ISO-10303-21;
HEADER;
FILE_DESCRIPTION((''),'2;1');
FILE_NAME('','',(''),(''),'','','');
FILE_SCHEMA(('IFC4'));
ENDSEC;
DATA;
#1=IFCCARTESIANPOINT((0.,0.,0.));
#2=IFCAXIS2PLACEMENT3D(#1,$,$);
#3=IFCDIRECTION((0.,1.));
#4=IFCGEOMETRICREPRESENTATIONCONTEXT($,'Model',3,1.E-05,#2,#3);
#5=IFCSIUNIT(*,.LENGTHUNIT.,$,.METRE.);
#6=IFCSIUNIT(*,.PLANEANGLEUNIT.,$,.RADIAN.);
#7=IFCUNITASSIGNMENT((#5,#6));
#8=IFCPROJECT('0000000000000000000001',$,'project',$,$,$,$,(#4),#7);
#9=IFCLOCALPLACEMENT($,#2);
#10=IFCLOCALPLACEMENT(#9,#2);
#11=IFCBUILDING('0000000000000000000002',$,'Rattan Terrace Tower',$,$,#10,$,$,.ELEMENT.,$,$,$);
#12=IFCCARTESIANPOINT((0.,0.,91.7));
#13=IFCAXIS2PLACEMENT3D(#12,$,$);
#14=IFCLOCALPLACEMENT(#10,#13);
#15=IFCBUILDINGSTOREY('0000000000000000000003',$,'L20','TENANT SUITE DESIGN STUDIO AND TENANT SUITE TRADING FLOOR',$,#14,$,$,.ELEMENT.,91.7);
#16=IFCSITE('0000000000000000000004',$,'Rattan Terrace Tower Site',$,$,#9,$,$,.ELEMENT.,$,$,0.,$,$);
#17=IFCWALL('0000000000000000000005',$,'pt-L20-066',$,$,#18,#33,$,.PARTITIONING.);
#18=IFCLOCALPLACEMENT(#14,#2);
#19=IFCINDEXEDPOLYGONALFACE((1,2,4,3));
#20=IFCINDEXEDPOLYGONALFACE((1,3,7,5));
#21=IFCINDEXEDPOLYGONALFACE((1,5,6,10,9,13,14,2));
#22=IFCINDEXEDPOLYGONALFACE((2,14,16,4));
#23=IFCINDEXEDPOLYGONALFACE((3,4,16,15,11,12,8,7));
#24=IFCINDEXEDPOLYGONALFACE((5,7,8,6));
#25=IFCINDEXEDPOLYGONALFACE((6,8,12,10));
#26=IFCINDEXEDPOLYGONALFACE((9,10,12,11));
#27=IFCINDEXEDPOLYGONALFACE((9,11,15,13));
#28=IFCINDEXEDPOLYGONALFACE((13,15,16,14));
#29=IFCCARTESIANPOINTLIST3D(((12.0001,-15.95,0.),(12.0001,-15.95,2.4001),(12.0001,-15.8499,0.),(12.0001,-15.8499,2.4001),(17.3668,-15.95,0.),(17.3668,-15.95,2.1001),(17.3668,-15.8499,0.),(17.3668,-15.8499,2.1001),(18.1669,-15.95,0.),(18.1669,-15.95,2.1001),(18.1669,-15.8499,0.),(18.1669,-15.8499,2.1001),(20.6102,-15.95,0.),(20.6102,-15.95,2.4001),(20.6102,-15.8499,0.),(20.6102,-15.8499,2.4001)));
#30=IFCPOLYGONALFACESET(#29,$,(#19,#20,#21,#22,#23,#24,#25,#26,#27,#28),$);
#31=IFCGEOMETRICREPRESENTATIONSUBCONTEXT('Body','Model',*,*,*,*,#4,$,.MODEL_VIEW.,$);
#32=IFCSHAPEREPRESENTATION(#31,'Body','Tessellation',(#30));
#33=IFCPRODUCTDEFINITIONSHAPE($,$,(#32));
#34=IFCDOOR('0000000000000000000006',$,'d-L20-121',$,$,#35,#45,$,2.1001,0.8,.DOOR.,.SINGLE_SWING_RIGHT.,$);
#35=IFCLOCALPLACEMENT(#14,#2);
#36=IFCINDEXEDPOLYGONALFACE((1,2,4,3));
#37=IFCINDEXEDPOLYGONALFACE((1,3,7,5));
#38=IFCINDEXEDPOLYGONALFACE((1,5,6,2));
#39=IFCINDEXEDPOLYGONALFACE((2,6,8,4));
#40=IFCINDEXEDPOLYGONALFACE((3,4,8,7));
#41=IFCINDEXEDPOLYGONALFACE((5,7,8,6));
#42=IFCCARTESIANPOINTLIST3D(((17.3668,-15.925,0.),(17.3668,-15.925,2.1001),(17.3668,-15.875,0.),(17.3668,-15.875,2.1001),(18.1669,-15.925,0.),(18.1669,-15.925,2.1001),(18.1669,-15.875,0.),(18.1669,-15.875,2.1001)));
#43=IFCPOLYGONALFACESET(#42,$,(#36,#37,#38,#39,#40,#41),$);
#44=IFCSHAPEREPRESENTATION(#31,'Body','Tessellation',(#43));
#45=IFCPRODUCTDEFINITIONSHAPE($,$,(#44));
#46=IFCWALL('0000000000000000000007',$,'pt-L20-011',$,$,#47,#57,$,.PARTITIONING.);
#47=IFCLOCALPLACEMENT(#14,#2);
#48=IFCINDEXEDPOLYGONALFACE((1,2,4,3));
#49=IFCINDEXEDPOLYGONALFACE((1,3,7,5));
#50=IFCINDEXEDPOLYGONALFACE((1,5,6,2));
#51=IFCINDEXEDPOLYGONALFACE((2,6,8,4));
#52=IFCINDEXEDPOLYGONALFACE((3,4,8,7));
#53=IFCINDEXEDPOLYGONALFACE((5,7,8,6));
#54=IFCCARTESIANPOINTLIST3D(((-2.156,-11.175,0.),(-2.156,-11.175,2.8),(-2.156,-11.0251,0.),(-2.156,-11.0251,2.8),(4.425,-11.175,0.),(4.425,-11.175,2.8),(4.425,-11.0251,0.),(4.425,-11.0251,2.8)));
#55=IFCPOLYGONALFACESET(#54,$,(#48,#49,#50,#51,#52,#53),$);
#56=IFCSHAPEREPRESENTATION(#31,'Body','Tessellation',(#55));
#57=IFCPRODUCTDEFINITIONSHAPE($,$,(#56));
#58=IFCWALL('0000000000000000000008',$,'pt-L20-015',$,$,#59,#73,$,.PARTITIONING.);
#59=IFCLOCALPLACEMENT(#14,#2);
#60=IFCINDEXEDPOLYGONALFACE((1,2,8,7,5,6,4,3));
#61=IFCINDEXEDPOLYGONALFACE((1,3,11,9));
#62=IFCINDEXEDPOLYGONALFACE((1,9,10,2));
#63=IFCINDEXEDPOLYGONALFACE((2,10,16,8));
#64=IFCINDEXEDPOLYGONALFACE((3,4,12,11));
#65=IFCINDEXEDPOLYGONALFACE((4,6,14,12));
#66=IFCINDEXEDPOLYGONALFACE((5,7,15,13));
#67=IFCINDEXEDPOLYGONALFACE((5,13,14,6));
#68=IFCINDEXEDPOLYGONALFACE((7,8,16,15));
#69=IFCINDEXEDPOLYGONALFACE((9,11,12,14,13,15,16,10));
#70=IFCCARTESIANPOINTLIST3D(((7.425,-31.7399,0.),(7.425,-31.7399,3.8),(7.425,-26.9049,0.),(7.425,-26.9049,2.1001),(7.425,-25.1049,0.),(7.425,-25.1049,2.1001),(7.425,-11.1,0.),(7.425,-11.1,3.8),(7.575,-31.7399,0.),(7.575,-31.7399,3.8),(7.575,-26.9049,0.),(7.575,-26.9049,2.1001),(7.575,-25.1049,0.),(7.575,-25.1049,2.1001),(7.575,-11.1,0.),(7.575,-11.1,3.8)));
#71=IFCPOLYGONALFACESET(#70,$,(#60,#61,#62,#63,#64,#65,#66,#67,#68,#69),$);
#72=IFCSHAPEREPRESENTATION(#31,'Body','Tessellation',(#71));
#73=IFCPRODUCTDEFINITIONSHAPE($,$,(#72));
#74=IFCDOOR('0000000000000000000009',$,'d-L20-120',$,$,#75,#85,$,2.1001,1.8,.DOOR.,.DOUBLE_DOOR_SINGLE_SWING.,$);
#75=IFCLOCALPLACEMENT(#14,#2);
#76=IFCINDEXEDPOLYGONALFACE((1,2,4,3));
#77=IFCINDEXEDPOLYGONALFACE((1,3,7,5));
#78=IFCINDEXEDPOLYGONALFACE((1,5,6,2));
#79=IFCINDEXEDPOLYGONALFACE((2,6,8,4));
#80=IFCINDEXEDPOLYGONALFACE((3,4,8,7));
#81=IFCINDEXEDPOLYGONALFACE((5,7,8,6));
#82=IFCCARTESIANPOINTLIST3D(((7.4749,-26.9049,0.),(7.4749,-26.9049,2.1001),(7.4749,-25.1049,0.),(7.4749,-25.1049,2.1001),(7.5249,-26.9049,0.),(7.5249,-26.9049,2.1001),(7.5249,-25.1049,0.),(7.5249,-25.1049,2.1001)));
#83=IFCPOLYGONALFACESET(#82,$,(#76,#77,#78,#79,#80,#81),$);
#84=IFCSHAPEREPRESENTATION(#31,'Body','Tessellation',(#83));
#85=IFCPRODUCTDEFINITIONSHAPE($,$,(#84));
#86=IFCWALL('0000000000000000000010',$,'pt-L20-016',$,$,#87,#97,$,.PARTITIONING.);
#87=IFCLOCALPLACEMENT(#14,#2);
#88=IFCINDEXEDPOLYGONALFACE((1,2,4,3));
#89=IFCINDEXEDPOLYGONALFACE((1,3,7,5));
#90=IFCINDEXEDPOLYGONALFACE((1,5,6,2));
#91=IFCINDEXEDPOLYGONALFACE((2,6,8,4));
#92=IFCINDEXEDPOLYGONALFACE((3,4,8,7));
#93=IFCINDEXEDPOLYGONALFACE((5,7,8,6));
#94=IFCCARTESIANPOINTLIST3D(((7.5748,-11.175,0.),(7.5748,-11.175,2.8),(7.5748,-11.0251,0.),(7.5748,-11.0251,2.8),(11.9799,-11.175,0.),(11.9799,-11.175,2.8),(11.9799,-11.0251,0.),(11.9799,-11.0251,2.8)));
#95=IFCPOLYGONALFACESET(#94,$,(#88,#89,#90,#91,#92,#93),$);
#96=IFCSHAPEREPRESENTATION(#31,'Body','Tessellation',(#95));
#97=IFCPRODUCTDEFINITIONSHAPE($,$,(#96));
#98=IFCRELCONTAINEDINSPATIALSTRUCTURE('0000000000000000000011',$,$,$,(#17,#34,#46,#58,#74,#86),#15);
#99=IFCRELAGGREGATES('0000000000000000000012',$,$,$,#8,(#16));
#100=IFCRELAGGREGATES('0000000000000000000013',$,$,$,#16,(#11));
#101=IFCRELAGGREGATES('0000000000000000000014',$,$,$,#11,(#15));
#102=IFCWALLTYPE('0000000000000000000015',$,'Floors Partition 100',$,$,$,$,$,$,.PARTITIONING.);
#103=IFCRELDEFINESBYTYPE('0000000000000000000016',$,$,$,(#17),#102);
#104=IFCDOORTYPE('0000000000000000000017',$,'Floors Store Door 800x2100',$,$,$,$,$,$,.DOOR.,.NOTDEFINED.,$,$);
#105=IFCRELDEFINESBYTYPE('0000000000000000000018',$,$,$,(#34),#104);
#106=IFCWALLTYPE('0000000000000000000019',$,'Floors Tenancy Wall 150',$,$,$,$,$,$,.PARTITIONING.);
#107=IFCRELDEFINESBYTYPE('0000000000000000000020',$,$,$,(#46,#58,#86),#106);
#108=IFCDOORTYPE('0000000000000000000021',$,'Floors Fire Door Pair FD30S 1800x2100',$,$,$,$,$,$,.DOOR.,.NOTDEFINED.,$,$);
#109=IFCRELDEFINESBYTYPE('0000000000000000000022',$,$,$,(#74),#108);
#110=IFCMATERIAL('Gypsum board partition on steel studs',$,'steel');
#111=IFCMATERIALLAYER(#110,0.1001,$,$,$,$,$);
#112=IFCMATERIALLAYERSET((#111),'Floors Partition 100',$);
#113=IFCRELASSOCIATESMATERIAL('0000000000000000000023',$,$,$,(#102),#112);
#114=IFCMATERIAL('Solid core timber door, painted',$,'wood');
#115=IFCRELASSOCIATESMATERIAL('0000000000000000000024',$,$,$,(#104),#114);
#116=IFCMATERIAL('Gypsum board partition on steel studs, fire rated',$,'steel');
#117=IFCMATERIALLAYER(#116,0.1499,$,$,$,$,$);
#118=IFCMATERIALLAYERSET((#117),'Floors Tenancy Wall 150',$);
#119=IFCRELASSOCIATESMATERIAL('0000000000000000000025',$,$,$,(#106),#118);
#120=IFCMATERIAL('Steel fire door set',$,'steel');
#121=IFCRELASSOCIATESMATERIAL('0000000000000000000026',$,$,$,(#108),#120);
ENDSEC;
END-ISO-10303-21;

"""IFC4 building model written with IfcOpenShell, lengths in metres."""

from ifc_helpers import new_model, si_unit, direction, frame, frame_2d, origin, place, context, subcontext, project, spatial, rectangle, extrude, material, layer, layer_set, type_object, element, fill, save


model = new_model("IFC4")

# Units and contexts
model_context = context("Model", 3, precision=1e-05, world=origin(), true_north=direction((0.0, 1.0)))
body_context = subcontext(model_context, "Body", "Model", "MODEL_VIEW")
ifc_project = project(units=[si_unit("LENGTHUNIT", "METRE"), si_unit("PLANEANGLEUNIT", "RADIAN")], contexts=[model_context])

# Site, building, storey
site_placement = place(None, origin())
site = spatial("IfcSite", under=ifc_project, at=site_placement, Name="Rattan Terrace Tower Site", CompositionType="ELEMENT", RefElevation=0.0)
building_placement = place(site_placement, origin())
building = spatial("IfcBuilding", under=site, at=building_placement, Name="Rattan Terrace Tower", CompositionType="ELEMENT")
storey_placement = place(building_placement, frame((0.0, 0.0, 91.7)))
storey = spatial("IfcBuildingStorey", under=building, at=storey_placement, Name="L20", Description="TENANT SUITE DESIGN STUDIO AND TENANT SUITE TRADING FLOOR", CompositionType="ELEMENT", Elevation=91.7)

# Shared definitions
ifc_material_1 = material(Name="Gypsum board partition on steel studs", Category="steel")
ifc_layer_1 = layer(ifc_material_1, 0.1001)
ifc_layer_set_1 = layer_set([ifc_layer_1], Name="Floors Partition 100")
wall_type_1 = type_object("IfcWallType", Name="Floors Partition 100", PredefinedType="PARTITIONING", material=ifc_layer_set_1)

# Wall, opening, door
wall_1_placement = place(storey_placement, frame((12.0, -15.8999, 0.0), z_axis=(0.0, 0.0, 1.0), x_axis=(1.0, 0.0, 0.0)))
wall_1 = element("IfcWall", 1, at=wall_1_placement, inside=storey, type_object=wall_type_1, Name="pt-L20-066", PredefinedType="PARTITIONING", context=body_context, shape_type="SweptSolid", body=[
    extrude(rectangle(XDim=8.6101, YDim=0.1001, at=frame_2d((4.3052, 0.0))), origin(), (0.0, 0.0, 1.0), 2.4001),
])
opening_1_placement = place(wall_1_placement, frame((5.3669, 0.0, 0.0)))
opening_1 = element("IfcOpeningElement", 2, at=opening_1_placement, cuts=wall_1, PredefinedType="OPENING", context=body_context, shape_type="SweptSolid", body=[
    extrude(rectangle(XDim=0.8, YDim=2.1001, at=frame_2d((0.3999, 1.05))), frame((0.0, 0.0605, 0.0), z_axis=(0.0, -1.0, 0.0), x_axis=(1.0, 0.0, 0.0)), (0.0, 0.0, 1.0), 0.1211),
])
ifc_material_2 = material(Name="Solid core timber door, painted", Category="wood")
door_type_1 = type_object("IfcDoorType", Name="Floors Store Door 800x2100", OperationType="NOTDEFINED", PredefinedType="DOOR", material=ifc_material_2)
door_1_placement = place(opening_1_placement, origin())
door_1 = element("IfcDoor", 3, at=door_1_placement, inside=storey, type_object=door_type_1, Name="d-L20-121", OperationType="SINGLE_SWING_RIGHT", OverallHeight=2.1001, OverallWidth=0.8, PredefinedType="DOOR", context=body_context, shape_type="SweptSolid", body=[
    extrude(rectangle(XDim=0.8, YDim=2.1001, at=frame_2d((0.3999, 1.05))), frame((0.0, 0.0249, 0.0), z_axis=(0.0, -1.0, 0.0), x_axis=(1.0, 0.0, 0.0)), (0.0, 0.0, 1.0), 0.05),
])
fill(opening_1, door_1)

# Wall
ifc_material_3 = material(Name="Gypsum board partition on steel studs, fire rated", Category="steel")
ifc_layer_2 = layer(ifc_material_3, 0.1499)
ifc_layer_set_2 = layer_set([ifc_layer_2], Name="Floors Tenancy Wall 150")
wall_type_2 = type_object("IfcWallType", Name="Floors Tenancy Wall 150", PredefinedType="PARTITIONING", material=ifc_layer_set_2)
wall_2_placement = place(storey_placement, frame((4.425, -11.1001, 0.0), z_axis=(0.0, 0.0, 1.0), x_axis=(-1.0, 0.0, 0.0)))
element("IfcWall", 4, at=wall_2_placement, inside=storey, type_object=wall_type_2, Name="pt-L20-011", PredefinedType="PARTITIONING", context=body_context, shape_type="SweptSolid", body=[
    extrude(rectangle(XDim=6.5811, YDim=0.1499, at=frame_2d((3.2905, 0.0))), origin(), (0.0, 0.0, 1.0), 2.8),
])

# Wall, opening, door
wall_3_placement = place(storey_placement, frame((7.5, -11.1001, 0.0), z_axis=(0.0, 0.0, 1.0), x_axis=(0.0, -1.0, 0.0)))
wall_3 = element("IfcWall", 5, at=wall_3_placement, inside=storey, type_object=wall_type_2, Name="pt-L20-015", PredefinedType="PARTITIONING", context=body_context, shape_type="SweptSolid", body=[
    extrude(rectangle(XDim=20.6399, YDim=0.1499, at=frame_2d((10.3198, 0.0))), origin(), (0.0, 0.0, 1.0), 3.8),
])
opening_2_placement = place(wall_3_placement, frame((14.0049, 0.0, 0.0)))
opening_2 = element("IfcOpeningElement", 6, at=opening_2_placement, cuts=wall_3, PredefinedType="OPENING", context=body_context, shape_type="SweptSolid", body=[
    extrude(rectangle(XDim=1.8, YDim=2.1001, at=frame_2d((0.8999, 1.05))), frame((0.0, 0.0854, 0.0), z_axis=(0.0, -1.0, 0.0), x_axis=(1.0, 0.0, 0.0)), (0.0, 0.0, 1.0), 0.1709),
])
ifc_material_4 = material(Name="Steel fire door set", Category="steel")
door_type_2 = type_object("IfcDoorType", Name="Floors Fire Door Pair FD30S 1800x2100", OperationType="NOTDEFINED", PredefinedType="DOOR", material=ifc_material_4)
door_2_placement = place(opening_2_placement, origin())
door_2 = element("IfcDoor", 7, at=door_2_placement, inside=storey, type_object=door_type_2, Name="d-L20-120", OperationType="DOUBLE_DOOR_SINGLE_SWING", OverallHeight=2.1001, OverallWidth=1.8, PredefinedType="DOOR", context=body_context, shape_type="SweptSolid", body=[
    extrude(rectangle(XDim=1.8, YDim=2.1001, at=frame_2d((0.8999, 1.05))), frame((0.0, 0.0249, 0.0), z_axis=(0.0, -1.0, 0.0), x_axis=(1.0, 0.0, 0.0)), (0.0, 0.0, 1.0), 0.05),
])
fill(opening_2, door_2)

# Wall
wall_4_placement = place(storey_placement, frame((11.98, -11.1001, 0.0), z_axis=(0.0, 0.0, 1.0), x_axis=(-1.0, 0.0, 0.0)))
element("IfcWall", 8, at=wall_4_placement, inside=storey, type_object=wall_type_2, Name="pt-L20-016", PredefinedType="PARTITIONING", context=body_context, shape_type="SweptSolid", body=[
    extrude(rectangle(XDim=4.405, YDim=0.1499, at=frame_2d((2.2026, 0.0))), origin(), (0.0, 0.0, 1.0), 2.8),
])

save(model, "model.ifc")
